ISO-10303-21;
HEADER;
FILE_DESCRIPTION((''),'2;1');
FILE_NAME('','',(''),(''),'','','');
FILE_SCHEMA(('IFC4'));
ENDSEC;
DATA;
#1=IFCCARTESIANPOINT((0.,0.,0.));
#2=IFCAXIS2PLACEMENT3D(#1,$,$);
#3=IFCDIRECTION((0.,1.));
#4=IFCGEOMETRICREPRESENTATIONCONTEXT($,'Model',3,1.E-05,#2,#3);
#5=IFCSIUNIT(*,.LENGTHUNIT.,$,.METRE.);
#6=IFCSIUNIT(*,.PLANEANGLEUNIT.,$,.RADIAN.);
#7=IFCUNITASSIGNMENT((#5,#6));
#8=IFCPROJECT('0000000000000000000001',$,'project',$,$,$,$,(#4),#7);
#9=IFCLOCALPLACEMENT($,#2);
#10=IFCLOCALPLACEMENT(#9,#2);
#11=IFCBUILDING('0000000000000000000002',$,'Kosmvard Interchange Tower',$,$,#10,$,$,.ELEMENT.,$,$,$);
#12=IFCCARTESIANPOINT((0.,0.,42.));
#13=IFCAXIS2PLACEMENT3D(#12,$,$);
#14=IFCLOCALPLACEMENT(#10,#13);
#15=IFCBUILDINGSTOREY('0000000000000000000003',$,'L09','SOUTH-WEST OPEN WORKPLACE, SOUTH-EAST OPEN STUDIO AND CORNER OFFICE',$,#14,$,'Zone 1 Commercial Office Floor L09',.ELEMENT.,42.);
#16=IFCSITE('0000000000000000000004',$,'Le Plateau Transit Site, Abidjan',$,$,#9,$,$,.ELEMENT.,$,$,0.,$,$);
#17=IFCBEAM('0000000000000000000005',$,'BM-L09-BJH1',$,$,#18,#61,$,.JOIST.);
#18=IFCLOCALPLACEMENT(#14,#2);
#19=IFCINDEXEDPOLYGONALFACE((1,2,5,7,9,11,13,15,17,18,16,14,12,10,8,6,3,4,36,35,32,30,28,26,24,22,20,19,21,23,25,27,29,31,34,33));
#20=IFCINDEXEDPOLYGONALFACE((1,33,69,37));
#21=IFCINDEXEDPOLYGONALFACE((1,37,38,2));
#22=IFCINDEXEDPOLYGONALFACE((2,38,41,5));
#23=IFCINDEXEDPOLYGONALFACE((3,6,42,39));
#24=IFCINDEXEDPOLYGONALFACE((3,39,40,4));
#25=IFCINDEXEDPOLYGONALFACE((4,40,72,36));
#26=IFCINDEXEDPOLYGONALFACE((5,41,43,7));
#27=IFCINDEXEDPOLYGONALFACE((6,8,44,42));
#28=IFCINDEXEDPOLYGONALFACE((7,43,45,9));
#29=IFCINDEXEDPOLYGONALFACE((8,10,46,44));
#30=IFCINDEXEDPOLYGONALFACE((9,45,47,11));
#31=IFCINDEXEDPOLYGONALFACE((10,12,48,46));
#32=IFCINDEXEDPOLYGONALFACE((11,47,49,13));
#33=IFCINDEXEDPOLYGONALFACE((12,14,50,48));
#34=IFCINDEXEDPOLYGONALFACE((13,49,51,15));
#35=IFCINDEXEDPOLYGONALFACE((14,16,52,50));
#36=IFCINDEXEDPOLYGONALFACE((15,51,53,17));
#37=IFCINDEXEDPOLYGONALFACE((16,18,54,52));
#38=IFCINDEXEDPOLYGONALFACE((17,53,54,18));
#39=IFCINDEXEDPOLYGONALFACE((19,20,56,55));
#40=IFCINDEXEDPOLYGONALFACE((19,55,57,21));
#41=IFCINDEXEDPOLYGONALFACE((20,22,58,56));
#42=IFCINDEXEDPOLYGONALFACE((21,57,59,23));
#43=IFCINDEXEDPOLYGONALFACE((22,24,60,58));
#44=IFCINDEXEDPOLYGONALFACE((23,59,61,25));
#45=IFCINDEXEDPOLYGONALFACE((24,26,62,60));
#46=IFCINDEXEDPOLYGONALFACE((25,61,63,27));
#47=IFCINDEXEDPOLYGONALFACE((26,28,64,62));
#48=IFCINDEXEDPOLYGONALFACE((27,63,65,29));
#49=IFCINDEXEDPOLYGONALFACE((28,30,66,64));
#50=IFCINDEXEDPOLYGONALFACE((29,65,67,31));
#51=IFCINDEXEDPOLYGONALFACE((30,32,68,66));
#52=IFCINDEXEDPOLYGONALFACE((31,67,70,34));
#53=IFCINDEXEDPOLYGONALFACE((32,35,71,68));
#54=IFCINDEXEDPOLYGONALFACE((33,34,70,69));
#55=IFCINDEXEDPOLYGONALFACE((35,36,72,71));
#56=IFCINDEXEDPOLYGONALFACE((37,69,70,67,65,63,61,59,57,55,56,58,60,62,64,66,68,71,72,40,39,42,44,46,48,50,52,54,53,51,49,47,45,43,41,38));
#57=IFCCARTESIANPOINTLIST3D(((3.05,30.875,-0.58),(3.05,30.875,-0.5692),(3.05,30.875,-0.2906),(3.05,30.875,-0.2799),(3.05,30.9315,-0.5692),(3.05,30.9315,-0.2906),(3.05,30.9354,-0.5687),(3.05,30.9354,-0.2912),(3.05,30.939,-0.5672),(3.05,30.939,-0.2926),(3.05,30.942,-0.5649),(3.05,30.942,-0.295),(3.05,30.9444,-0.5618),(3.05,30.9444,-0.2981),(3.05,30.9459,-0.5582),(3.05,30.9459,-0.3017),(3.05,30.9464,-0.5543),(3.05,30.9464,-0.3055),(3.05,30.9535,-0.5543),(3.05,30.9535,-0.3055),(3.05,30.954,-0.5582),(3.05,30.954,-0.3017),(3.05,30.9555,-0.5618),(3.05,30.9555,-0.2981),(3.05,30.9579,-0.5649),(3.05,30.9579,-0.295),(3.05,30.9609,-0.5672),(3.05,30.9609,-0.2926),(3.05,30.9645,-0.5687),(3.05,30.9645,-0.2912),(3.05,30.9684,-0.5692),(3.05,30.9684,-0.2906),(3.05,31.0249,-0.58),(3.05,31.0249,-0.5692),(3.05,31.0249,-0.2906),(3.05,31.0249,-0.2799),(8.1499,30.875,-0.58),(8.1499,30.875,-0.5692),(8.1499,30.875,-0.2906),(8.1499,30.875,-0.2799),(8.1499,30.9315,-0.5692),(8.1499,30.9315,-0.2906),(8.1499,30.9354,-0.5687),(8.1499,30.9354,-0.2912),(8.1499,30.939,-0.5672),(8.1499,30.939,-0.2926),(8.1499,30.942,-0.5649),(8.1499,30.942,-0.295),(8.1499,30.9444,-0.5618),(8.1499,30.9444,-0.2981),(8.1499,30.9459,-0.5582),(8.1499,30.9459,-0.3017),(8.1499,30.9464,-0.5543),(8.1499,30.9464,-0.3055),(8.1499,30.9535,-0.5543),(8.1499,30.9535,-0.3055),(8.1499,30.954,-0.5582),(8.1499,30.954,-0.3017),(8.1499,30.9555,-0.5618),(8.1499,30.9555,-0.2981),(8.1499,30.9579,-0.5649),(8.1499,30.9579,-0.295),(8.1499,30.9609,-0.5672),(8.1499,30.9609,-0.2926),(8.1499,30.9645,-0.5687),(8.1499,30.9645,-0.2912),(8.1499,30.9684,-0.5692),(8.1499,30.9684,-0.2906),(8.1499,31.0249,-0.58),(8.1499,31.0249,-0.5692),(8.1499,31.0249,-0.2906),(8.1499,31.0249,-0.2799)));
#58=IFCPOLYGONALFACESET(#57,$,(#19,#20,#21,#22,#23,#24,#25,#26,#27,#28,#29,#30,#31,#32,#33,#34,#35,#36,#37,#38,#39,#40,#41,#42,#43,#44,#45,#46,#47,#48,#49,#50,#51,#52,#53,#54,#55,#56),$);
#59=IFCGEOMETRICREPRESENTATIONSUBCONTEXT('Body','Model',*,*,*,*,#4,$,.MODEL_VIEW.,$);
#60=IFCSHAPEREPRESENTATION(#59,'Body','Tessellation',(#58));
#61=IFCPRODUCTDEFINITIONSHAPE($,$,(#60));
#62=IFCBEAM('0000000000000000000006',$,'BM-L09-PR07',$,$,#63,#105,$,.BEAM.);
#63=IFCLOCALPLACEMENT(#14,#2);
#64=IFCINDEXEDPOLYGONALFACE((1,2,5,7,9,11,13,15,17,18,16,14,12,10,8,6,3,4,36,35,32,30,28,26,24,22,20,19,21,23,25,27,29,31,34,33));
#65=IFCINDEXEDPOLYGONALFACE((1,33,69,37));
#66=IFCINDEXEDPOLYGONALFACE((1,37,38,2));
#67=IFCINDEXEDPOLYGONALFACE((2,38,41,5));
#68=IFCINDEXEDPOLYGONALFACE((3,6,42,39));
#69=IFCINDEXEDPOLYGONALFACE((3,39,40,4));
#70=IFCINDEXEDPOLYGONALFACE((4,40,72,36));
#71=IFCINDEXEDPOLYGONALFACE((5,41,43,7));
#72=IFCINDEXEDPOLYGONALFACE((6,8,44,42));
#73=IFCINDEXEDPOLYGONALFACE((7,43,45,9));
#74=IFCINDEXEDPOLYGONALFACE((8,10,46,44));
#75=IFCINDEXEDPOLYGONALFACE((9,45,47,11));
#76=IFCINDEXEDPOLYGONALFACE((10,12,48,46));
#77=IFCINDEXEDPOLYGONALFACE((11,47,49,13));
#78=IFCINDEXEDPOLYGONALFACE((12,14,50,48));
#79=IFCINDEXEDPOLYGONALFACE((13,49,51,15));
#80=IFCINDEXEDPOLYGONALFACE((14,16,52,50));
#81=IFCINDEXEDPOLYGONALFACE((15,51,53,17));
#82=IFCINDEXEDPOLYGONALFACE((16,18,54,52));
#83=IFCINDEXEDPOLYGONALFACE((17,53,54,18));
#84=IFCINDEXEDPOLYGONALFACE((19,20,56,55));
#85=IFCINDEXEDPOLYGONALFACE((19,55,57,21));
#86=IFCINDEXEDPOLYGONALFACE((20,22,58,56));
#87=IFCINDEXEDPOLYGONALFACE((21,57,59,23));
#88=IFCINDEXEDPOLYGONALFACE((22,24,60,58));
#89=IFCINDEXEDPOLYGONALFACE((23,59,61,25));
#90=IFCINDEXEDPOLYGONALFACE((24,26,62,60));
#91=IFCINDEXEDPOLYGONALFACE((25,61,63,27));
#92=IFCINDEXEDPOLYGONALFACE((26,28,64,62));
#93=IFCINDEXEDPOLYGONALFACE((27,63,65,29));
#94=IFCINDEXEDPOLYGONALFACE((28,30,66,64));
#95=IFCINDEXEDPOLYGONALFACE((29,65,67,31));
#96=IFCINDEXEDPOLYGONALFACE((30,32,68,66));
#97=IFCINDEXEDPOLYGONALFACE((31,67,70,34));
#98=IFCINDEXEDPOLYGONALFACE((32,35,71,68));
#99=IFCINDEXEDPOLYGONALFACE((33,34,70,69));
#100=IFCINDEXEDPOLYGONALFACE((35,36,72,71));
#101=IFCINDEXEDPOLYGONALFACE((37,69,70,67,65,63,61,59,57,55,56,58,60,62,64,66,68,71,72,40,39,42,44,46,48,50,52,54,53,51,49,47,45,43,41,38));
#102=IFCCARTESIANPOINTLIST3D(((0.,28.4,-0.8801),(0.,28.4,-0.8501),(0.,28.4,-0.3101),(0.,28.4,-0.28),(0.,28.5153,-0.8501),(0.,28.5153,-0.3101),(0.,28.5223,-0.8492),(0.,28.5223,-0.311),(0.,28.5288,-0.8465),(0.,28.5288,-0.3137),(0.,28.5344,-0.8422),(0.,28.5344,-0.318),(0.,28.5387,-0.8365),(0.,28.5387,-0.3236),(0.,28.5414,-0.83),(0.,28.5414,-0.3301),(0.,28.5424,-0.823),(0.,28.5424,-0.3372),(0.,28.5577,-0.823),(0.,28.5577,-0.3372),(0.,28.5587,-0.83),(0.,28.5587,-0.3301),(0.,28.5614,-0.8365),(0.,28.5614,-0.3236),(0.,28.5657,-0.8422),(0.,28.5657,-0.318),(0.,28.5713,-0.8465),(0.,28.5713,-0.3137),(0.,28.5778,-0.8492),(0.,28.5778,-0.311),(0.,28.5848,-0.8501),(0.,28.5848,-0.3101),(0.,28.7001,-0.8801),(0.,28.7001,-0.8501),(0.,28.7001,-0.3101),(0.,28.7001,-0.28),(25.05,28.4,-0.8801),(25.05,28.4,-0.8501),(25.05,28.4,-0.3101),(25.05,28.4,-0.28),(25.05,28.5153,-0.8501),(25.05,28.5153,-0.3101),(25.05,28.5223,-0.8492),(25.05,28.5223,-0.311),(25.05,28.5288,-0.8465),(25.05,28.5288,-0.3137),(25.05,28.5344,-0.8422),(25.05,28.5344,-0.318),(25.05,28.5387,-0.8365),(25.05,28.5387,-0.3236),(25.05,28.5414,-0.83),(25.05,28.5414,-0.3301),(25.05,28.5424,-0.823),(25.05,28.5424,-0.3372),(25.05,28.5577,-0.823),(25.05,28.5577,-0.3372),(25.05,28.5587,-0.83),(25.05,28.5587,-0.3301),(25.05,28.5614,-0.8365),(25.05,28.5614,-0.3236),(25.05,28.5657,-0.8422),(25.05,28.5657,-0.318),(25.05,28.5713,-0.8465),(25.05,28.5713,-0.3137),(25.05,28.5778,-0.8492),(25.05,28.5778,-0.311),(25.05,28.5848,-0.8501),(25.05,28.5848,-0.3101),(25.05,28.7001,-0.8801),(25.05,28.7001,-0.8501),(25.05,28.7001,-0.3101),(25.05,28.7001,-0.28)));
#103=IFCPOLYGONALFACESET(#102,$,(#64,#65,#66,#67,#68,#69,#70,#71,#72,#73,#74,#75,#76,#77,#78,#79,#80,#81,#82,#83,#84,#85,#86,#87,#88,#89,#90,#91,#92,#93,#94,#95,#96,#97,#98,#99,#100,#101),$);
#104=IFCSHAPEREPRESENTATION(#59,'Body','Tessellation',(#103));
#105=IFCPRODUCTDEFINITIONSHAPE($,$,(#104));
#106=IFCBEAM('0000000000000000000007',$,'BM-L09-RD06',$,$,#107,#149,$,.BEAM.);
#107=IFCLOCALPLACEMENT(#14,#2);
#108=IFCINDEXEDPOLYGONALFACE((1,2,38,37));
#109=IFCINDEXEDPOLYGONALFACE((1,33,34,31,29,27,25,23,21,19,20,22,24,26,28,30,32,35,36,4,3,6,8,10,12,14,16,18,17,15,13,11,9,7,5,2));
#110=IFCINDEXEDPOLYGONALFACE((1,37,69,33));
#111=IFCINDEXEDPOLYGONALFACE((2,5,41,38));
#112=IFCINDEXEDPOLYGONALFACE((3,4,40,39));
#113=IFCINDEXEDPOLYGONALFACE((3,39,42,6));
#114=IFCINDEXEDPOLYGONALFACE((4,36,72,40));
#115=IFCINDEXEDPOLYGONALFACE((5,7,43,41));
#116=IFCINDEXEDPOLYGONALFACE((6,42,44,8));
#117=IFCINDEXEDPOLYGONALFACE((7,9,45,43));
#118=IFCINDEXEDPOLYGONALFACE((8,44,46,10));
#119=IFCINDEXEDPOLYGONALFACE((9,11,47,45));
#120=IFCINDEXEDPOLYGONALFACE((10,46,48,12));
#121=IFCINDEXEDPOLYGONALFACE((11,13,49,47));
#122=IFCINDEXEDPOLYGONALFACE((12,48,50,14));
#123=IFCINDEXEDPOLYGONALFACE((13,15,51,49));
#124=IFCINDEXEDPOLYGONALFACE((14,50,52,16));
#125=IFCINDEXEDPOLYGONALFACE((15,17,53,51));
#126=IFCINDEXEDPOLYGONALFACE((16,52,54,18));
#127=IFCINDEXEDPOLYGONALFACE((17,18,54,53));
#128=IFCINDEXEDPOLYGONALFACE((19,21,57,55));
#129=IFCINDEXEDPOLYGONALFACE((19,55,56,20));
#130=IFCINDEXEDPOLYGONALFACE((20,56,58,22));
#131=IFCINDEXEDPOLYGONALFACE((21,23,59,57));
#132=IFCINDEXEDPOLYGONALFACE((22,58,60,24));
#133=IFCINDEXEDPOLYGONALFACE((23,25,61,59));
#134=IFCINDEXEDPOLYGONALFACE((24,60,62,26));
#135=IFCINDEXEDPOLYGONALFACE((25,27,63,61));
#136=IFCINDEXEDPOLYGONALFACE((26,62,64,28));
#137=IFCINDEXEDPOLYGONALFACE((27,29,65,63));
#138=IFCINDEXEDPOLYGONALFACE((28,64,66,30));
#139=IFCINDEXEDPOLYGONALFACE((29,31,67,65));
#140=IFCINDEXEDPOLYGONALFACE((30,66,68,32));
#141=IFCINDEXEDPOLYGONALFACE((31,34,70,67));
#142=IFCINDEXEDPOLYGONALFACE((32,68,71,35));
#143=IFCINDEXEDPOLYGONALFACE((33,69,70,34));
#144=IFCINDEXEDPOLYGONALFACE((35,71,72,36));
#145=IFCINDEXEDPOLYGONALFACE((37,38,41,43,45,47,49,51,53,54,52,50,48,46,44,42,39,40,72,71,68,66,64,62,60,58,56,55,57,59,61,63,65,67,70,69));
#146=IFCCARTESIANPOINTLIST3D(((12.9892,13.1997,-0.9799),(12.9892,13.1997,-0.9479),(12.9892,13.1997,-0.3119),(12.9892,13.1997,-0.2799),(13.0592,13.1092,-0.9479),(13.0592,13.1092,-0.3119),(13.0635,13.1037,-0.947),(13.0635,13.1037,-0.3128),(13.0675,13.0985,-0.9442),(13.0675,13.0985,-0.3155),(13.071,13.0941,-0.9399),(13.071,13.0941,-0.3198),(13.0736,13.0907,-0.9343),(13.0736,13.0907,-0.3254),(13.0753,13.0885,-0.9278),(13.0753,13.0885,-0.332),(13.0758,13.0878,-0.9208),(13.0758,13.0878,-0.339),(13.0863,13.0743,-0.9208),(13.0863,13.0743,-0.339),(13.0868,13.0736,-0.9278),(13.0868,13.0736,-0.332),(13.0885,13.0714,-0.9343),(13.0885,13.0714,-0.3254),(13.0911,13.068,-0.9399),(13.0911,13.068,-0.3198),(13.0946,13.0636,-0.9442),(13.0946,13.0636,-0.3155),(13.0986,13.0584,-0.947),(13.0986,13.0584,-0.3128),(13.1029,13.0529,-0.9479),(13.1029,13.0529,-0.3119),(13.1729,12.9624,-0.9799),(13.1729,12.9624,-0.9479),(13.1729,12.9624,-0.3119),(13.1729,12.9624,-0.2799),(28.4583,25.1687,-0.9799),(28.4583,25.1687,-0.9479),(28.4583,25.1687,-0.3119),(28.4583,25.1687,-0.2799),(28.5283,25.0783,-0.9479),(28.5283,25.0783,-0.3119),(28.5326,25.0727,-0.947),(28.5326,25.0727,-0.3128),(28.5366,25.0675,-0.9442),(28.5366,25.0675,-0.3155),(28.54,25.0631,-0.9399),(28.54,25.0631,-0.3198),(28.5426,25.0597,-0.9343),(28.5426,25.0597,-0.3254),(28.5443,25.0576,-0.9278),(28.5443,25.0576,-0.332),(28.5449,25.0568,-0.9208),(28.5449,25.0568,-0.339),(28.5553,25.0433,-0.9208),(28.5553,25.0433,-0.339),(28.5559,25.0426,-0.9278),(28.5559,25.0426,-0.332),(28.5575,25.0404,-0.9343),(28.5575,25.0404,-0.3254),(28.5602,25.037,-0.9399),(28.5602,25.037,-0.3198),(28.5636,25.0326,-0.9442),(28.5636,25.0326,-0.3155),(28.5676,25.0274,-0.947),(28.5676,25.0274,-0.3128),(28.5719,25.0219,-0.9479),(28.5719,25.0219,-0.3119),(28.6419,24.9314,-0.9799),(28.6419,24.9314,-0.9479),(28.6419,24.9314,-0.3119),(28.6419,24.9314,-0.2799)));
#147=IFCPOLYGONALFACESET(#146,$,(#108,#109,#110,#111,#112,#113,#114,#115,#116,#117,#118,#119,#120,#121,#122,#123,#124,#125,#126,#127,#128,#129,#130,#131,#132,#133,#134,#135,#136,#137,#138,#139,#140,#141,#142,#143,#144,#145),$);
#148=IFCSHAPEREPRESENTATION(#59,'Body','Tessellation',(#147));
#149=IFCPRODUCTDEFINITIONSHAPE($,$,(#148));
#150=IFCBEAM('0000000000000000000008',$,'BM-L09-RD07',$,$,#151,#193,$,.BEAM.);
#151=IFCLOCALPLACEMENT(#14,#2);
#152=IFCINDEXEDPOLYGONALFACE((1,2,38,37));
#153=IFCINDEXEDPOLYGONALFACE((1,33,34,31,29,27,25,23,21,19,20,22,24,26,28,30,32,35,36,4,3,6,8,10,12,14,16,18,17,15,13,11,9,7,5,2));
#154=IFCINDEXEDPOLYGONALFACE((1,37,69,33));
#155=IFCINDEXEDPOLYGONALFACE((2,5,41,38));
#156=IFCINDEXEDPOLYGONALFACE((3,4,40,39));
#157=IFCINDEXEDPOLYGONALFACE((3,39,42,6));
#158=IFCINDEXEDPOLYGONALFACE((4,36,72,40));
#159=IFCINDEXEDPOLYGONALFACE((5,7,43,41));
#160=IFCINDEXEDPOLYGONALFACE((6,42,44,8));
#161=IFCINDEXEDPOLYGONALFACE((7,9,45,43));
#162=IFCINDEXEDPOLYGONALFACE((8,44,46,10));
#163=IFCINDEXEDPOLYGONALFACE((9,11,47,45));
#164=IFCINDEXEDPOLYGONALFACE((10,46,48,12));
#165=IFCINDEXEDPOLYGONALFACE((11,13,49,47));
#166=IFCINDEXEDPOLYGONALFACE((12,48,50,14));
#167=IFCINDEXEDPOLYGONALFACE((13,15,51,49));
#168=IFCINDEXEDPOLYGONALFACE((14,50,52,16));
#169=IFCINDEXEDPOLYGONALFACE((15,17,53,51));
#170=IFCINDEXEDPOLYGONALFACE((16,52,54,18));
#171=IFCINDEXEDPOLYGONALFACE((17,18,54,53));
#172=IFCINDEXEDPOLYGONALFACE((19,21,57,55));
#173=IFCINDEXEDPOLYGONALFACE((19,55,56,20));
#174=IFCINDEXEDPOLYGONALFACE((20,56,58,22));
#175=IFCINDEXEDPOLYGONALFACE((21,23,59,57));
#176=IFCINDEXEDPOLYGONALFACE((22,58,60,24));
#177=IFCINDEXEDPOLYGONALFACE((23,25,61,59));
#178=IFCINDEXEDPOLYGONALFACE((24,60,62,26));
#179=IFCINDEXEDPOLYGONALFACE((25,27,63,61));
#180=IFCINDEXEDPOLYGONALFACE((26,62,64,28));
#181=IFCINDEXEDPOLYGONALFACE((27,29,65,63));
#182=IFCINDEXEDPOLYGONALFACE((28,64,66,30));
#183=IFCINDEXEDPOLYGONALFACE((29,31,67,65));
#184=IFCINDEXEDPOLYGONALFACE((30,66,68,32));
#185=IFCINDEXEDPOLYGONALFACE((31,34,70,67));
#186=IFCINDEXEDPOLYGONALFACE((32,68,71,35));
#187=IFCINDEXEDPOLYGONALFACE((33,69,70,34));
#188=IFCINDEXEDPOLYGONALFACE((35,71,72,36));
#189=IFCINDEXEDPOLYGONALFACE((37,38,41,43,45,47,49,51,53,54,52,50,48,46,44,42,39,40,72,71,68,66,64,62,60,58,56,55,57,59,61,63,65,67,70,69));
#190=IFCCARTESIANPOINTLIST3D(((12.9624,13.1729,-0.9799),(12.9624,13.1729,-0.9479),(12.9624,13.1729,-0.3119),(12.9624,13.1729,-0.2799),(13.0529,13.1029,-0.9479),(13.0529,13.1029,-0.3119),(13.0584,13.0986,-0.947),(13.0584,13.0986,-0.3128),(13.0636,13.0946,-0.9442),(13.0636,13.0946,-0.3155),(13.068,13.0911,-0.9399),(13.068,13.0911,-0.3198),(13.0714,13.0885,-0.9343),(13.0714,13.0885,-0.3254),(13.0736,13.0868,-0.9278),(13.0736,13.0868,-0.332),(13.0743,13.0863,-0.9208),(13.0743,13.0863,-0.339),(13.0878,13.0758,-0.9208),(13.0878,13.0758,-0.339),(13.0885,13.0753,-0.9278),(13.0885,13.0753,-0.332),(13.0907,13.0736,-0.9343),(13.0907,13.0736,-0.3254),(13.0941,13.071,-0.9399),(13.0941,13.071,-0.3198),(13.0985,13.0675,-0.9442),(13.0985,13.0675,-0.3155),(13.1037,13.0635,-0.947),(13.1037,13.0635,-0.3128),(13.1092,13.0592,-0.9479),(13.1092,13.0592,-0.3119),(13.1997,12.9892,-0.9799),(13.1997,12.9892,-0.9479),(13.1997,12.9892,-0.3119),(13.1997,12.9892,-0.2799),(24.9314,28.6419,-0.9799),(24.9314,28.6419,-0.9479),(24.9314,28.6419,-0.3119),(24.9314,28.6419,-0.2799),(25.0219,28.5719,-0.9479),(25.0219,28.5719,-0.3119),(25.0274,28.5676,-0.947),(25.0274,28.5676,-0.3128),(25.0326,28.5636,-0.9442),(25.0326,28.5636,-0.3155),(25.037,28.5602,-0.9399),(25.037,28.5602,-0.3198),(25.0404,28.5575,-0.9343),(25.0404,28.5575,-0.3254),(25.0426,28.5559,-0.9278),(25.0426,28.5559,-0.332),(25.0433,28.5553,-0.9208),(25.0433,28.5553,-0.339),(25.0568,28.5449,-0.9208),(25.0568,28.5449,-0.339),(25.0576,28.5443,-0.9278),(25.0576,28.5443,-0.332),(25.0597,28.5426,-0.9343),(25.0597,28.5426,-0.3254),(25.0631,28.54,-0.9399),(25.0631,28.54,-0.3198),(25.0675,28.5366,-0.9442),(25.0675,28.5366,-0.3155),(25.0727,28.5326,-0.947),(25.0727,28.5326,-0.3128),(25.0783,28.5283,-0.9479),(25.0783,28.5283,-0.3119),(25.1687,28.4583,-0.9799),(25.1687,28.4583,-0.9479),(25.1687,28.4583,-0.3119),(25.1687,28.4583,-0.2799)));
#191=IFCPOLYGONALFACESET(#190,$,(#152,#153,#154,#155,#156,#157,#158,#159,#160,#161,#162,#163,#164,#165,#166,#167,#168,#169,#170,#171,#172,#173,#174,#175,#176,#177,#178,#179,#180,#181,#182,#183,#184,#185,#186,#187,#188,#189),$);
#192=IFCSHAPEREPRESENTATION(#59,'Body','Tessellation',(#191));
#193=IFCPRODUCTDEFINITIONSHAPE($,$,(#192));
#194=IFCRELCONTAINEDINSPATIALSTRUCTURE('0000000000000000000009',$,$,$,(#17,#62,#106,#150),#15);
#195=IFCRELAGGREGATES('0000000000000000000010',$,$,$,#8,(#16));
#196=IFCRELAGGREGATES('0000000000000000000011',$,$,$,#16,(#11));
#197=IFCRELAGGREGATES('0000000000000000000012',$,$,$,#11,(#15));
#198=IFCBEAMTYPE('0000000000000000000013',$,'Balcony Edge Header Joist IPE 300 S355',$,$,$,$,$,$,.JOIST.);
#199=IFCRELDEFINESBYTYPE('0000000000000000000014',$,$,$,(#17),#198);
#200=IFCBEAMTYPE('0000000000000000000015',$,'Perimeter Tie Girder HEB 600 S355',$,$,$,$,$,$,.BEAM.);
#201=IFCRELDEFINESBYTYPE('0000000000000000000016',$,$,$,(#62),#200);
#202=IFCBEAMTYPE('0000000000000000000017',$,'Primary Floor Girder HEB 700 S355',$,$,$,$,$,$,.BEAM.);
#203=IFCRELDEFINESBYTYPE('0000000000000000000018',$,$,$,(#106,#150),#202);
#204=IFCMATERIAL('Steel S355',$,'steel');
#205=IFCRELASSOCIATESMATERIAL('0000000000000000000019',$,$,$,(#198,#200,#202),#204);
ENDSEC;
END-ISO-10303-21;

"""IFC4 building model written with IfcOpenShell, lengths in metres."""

from ifc_helpers import new_model, si_unit, direction, frame, origin, origin_2d, place, context, subcontext, project, spatial, i_section, extrude, source, transform, mapped, material, material_profile, profile_set, type_object, element, save


model = new_model("IFC4")

# Units and contexts
model_context = context("Model", 3, precision=1e-05, world=origin(), true_north=direction((0.0, 1.0)))
body_context = subcontext(model_context, "Body", "Model", "MODEL_VIEW")
ifc_project = project(units=[si_unit("LENGTHUNIT", "METRE"), si_unit("PLANEANGLEUNIT", "RADIAN")], contexts=[model_context])

# Site, building, storey
site_placement = place(None, origin())
site = spatial("IfcSite", under=ifc_project, at=site_placement, Name="Le Plateau Transit Site, Abidjan", CompositionType="ELEMENT", RefElevation=0.0)
building_placement = place(site_placement, origin())
building = spatial("IfcBuilding", under=site, at=building_placement, Name="Kosmvard Interchange Tower", CompositionType="ELEMENT")
storey_placement = place(building_placement, frame((0.0, 0.0, 42.0)))
storey = spatial("IfcBuildingStorey", under=building, at=storey_placement, Name="L09", Description="SOUTH-WEST OPEN WORKPLACE, SOUTH-EAST OPEN STUDIO AND CORNER OFFICE", LongName="Zone 1 Commercial Office Floor L09", CompositionType="ELEMENT", Elevation=42.0)

# Beams
ifc_material_1 = material(Name="Steel S355", Category="steel")
ifc_material_profile_1 = material_profile(ifc_material_1, i_section(OverallWidth=0.1499, OverallDepth=0.3, WebThickness=0.0071, FlangeThickness=0.0107, FilletRadius=0.0149, at=origin_2d()), Name="IPE 300")
ifc_profile_set_1 = profile_set([ifc_material_profile_1], Name="Steel S355")
beam_type_1 = type_object("IfcBeamType", Name="Balcony Edge Header Joist IPE 300 S355", PredefinedType="JOIST", material=ifc_profile_set_1)
shared_shape_1 = source(origin(), body_context, "Body", "SweptSolid", [
    extrude(i_section(OverallWidth=0.1499, OverallDepth=0.3, WebThickness=0.0071, FlangeThickness=0.0107, FilletRadius=0.0149, at=origin_2d()), origin(), (0.0, 0.0, 1.0), 5.0999),
])
beam_1_placement = place(storey_placement, frame((8.1499, 30.95, -0.4299), z_axis=(-1.0, 0.0, 0.0), x_axis=(0.0, -1.0, 0.0)))
element("IfcBeam", 1, at=beam_1_placement, inside=storey, type_object=beam_type_1, Name="BM-L09-BJH1", PredefinedType="JOIST", context=body_context, shape_type="MappedRepresentation", body=[
    mapped(shared_shape_1, transform((0.0, 0.0, 0.0), scale=1.0)),
])
ifc_material_profile_2 = material_profile(ifc_material_1, i_section(OverallWidth=0.3, OverallDepth=0.6001, WebThickness=0.0154, FlangeThickness=0.03, FilletRadius=0.0271, at=origin_2d()), Name="HEB 600")
ifc_profile_set_2 = profile_set([ifc_material_profile_2], Name="Steel S355")
beam_type_2 = type_object("IfcBeamType", Name="Perimeter Tie Girder HEB 600 S355", PredefinedType="BEAM", material=ifc_profile_set_2)
shared_shape_2 = source(origin(), body_context, "Body", "SweptSolid", [
    extrude(i_section(OverallWidth=0.3, OverallDepth=0.6001, WebThickness=0.0154, FlangeThickness=0.03, FilletRadius=0.0271, at=origin_2d()), origin(), (0.0, 0.0, 1.0), 25.05),
])
beam_2_placement = place(storey_placement, frame((25.05, 28.55, -0.5801), z_axis=(-1.0, 0.0, 0.0), x_axis=(0.0, -1.0, 0.0)))
element("IfcBeam", 2, at=beam_2_placement, inside=storey, type_object=beam_type_2, Name="BM-L09-PR07", PredefinedType="BEAM", context=body_context, shape_type="MappedRepresentation", body=[
    mapped(shared_shape_2, transform((0.0, 0.0, 0.0), scale=1.0)),
])
ifc_material_profile_3 = material_profile(ifc_material_1, i_section(OverallWidth=0.3, OverallDepth=0.7, WebThickness=0.0171, FlangeThickness=0.032, FilletRadius=0.0271, at=origin_2d()), Name="HEB 700")
ifc_profile_set_3 = profile_set([ifc_material_profile_3], Name="Steel S355")
beam_type_3 = type_object("IfcBeamType", Name="Primary Floor Girder HEB 700 S355", PredefinedType="BEAM", material=ifc_profile_set_3)
shared_shape_3 = source(origin(), body_context, "Body", "SweptSolid", [
    extrude(i_section(OverallWidth=0.3, OverallDepth=0.7, WebThickness=0.0171, FlangeThickness=0.032, FilletRadius=0.0271, at=origin_2d()), origin(), (0.0, 0.0, 1.0), 19.5588),
])
for number, where, z_axis, x_axis, name in (
    (3, (13.0811, 13.0811, -0.6299), (0.790897, 0.611949, 0.0), (-0.611949, 0.790897, 0.0), "BM-L09-RD06"),
    (4, (13.0811, 13.0811, -0.6299), (0.611949, 0.790897, 0.0), (-0.790897, 0.611949, 0.0), "BM-L09-RD07"),
):
    element("IfcBeam", number, at=place(storey_placement, frame(where, z_axis=z_axis, x_axis=x_axis)), inside=storey, type_object=beam_type_3, Name=name, PredefinedType="BEAM", context=body_context, shape_type="MappedRepresentation", body=[
        mapped(shared_shape_3, transform((0.0, 0.0, 0.0), scale=1.0)),
    ])

save(model, "model.ifc")
